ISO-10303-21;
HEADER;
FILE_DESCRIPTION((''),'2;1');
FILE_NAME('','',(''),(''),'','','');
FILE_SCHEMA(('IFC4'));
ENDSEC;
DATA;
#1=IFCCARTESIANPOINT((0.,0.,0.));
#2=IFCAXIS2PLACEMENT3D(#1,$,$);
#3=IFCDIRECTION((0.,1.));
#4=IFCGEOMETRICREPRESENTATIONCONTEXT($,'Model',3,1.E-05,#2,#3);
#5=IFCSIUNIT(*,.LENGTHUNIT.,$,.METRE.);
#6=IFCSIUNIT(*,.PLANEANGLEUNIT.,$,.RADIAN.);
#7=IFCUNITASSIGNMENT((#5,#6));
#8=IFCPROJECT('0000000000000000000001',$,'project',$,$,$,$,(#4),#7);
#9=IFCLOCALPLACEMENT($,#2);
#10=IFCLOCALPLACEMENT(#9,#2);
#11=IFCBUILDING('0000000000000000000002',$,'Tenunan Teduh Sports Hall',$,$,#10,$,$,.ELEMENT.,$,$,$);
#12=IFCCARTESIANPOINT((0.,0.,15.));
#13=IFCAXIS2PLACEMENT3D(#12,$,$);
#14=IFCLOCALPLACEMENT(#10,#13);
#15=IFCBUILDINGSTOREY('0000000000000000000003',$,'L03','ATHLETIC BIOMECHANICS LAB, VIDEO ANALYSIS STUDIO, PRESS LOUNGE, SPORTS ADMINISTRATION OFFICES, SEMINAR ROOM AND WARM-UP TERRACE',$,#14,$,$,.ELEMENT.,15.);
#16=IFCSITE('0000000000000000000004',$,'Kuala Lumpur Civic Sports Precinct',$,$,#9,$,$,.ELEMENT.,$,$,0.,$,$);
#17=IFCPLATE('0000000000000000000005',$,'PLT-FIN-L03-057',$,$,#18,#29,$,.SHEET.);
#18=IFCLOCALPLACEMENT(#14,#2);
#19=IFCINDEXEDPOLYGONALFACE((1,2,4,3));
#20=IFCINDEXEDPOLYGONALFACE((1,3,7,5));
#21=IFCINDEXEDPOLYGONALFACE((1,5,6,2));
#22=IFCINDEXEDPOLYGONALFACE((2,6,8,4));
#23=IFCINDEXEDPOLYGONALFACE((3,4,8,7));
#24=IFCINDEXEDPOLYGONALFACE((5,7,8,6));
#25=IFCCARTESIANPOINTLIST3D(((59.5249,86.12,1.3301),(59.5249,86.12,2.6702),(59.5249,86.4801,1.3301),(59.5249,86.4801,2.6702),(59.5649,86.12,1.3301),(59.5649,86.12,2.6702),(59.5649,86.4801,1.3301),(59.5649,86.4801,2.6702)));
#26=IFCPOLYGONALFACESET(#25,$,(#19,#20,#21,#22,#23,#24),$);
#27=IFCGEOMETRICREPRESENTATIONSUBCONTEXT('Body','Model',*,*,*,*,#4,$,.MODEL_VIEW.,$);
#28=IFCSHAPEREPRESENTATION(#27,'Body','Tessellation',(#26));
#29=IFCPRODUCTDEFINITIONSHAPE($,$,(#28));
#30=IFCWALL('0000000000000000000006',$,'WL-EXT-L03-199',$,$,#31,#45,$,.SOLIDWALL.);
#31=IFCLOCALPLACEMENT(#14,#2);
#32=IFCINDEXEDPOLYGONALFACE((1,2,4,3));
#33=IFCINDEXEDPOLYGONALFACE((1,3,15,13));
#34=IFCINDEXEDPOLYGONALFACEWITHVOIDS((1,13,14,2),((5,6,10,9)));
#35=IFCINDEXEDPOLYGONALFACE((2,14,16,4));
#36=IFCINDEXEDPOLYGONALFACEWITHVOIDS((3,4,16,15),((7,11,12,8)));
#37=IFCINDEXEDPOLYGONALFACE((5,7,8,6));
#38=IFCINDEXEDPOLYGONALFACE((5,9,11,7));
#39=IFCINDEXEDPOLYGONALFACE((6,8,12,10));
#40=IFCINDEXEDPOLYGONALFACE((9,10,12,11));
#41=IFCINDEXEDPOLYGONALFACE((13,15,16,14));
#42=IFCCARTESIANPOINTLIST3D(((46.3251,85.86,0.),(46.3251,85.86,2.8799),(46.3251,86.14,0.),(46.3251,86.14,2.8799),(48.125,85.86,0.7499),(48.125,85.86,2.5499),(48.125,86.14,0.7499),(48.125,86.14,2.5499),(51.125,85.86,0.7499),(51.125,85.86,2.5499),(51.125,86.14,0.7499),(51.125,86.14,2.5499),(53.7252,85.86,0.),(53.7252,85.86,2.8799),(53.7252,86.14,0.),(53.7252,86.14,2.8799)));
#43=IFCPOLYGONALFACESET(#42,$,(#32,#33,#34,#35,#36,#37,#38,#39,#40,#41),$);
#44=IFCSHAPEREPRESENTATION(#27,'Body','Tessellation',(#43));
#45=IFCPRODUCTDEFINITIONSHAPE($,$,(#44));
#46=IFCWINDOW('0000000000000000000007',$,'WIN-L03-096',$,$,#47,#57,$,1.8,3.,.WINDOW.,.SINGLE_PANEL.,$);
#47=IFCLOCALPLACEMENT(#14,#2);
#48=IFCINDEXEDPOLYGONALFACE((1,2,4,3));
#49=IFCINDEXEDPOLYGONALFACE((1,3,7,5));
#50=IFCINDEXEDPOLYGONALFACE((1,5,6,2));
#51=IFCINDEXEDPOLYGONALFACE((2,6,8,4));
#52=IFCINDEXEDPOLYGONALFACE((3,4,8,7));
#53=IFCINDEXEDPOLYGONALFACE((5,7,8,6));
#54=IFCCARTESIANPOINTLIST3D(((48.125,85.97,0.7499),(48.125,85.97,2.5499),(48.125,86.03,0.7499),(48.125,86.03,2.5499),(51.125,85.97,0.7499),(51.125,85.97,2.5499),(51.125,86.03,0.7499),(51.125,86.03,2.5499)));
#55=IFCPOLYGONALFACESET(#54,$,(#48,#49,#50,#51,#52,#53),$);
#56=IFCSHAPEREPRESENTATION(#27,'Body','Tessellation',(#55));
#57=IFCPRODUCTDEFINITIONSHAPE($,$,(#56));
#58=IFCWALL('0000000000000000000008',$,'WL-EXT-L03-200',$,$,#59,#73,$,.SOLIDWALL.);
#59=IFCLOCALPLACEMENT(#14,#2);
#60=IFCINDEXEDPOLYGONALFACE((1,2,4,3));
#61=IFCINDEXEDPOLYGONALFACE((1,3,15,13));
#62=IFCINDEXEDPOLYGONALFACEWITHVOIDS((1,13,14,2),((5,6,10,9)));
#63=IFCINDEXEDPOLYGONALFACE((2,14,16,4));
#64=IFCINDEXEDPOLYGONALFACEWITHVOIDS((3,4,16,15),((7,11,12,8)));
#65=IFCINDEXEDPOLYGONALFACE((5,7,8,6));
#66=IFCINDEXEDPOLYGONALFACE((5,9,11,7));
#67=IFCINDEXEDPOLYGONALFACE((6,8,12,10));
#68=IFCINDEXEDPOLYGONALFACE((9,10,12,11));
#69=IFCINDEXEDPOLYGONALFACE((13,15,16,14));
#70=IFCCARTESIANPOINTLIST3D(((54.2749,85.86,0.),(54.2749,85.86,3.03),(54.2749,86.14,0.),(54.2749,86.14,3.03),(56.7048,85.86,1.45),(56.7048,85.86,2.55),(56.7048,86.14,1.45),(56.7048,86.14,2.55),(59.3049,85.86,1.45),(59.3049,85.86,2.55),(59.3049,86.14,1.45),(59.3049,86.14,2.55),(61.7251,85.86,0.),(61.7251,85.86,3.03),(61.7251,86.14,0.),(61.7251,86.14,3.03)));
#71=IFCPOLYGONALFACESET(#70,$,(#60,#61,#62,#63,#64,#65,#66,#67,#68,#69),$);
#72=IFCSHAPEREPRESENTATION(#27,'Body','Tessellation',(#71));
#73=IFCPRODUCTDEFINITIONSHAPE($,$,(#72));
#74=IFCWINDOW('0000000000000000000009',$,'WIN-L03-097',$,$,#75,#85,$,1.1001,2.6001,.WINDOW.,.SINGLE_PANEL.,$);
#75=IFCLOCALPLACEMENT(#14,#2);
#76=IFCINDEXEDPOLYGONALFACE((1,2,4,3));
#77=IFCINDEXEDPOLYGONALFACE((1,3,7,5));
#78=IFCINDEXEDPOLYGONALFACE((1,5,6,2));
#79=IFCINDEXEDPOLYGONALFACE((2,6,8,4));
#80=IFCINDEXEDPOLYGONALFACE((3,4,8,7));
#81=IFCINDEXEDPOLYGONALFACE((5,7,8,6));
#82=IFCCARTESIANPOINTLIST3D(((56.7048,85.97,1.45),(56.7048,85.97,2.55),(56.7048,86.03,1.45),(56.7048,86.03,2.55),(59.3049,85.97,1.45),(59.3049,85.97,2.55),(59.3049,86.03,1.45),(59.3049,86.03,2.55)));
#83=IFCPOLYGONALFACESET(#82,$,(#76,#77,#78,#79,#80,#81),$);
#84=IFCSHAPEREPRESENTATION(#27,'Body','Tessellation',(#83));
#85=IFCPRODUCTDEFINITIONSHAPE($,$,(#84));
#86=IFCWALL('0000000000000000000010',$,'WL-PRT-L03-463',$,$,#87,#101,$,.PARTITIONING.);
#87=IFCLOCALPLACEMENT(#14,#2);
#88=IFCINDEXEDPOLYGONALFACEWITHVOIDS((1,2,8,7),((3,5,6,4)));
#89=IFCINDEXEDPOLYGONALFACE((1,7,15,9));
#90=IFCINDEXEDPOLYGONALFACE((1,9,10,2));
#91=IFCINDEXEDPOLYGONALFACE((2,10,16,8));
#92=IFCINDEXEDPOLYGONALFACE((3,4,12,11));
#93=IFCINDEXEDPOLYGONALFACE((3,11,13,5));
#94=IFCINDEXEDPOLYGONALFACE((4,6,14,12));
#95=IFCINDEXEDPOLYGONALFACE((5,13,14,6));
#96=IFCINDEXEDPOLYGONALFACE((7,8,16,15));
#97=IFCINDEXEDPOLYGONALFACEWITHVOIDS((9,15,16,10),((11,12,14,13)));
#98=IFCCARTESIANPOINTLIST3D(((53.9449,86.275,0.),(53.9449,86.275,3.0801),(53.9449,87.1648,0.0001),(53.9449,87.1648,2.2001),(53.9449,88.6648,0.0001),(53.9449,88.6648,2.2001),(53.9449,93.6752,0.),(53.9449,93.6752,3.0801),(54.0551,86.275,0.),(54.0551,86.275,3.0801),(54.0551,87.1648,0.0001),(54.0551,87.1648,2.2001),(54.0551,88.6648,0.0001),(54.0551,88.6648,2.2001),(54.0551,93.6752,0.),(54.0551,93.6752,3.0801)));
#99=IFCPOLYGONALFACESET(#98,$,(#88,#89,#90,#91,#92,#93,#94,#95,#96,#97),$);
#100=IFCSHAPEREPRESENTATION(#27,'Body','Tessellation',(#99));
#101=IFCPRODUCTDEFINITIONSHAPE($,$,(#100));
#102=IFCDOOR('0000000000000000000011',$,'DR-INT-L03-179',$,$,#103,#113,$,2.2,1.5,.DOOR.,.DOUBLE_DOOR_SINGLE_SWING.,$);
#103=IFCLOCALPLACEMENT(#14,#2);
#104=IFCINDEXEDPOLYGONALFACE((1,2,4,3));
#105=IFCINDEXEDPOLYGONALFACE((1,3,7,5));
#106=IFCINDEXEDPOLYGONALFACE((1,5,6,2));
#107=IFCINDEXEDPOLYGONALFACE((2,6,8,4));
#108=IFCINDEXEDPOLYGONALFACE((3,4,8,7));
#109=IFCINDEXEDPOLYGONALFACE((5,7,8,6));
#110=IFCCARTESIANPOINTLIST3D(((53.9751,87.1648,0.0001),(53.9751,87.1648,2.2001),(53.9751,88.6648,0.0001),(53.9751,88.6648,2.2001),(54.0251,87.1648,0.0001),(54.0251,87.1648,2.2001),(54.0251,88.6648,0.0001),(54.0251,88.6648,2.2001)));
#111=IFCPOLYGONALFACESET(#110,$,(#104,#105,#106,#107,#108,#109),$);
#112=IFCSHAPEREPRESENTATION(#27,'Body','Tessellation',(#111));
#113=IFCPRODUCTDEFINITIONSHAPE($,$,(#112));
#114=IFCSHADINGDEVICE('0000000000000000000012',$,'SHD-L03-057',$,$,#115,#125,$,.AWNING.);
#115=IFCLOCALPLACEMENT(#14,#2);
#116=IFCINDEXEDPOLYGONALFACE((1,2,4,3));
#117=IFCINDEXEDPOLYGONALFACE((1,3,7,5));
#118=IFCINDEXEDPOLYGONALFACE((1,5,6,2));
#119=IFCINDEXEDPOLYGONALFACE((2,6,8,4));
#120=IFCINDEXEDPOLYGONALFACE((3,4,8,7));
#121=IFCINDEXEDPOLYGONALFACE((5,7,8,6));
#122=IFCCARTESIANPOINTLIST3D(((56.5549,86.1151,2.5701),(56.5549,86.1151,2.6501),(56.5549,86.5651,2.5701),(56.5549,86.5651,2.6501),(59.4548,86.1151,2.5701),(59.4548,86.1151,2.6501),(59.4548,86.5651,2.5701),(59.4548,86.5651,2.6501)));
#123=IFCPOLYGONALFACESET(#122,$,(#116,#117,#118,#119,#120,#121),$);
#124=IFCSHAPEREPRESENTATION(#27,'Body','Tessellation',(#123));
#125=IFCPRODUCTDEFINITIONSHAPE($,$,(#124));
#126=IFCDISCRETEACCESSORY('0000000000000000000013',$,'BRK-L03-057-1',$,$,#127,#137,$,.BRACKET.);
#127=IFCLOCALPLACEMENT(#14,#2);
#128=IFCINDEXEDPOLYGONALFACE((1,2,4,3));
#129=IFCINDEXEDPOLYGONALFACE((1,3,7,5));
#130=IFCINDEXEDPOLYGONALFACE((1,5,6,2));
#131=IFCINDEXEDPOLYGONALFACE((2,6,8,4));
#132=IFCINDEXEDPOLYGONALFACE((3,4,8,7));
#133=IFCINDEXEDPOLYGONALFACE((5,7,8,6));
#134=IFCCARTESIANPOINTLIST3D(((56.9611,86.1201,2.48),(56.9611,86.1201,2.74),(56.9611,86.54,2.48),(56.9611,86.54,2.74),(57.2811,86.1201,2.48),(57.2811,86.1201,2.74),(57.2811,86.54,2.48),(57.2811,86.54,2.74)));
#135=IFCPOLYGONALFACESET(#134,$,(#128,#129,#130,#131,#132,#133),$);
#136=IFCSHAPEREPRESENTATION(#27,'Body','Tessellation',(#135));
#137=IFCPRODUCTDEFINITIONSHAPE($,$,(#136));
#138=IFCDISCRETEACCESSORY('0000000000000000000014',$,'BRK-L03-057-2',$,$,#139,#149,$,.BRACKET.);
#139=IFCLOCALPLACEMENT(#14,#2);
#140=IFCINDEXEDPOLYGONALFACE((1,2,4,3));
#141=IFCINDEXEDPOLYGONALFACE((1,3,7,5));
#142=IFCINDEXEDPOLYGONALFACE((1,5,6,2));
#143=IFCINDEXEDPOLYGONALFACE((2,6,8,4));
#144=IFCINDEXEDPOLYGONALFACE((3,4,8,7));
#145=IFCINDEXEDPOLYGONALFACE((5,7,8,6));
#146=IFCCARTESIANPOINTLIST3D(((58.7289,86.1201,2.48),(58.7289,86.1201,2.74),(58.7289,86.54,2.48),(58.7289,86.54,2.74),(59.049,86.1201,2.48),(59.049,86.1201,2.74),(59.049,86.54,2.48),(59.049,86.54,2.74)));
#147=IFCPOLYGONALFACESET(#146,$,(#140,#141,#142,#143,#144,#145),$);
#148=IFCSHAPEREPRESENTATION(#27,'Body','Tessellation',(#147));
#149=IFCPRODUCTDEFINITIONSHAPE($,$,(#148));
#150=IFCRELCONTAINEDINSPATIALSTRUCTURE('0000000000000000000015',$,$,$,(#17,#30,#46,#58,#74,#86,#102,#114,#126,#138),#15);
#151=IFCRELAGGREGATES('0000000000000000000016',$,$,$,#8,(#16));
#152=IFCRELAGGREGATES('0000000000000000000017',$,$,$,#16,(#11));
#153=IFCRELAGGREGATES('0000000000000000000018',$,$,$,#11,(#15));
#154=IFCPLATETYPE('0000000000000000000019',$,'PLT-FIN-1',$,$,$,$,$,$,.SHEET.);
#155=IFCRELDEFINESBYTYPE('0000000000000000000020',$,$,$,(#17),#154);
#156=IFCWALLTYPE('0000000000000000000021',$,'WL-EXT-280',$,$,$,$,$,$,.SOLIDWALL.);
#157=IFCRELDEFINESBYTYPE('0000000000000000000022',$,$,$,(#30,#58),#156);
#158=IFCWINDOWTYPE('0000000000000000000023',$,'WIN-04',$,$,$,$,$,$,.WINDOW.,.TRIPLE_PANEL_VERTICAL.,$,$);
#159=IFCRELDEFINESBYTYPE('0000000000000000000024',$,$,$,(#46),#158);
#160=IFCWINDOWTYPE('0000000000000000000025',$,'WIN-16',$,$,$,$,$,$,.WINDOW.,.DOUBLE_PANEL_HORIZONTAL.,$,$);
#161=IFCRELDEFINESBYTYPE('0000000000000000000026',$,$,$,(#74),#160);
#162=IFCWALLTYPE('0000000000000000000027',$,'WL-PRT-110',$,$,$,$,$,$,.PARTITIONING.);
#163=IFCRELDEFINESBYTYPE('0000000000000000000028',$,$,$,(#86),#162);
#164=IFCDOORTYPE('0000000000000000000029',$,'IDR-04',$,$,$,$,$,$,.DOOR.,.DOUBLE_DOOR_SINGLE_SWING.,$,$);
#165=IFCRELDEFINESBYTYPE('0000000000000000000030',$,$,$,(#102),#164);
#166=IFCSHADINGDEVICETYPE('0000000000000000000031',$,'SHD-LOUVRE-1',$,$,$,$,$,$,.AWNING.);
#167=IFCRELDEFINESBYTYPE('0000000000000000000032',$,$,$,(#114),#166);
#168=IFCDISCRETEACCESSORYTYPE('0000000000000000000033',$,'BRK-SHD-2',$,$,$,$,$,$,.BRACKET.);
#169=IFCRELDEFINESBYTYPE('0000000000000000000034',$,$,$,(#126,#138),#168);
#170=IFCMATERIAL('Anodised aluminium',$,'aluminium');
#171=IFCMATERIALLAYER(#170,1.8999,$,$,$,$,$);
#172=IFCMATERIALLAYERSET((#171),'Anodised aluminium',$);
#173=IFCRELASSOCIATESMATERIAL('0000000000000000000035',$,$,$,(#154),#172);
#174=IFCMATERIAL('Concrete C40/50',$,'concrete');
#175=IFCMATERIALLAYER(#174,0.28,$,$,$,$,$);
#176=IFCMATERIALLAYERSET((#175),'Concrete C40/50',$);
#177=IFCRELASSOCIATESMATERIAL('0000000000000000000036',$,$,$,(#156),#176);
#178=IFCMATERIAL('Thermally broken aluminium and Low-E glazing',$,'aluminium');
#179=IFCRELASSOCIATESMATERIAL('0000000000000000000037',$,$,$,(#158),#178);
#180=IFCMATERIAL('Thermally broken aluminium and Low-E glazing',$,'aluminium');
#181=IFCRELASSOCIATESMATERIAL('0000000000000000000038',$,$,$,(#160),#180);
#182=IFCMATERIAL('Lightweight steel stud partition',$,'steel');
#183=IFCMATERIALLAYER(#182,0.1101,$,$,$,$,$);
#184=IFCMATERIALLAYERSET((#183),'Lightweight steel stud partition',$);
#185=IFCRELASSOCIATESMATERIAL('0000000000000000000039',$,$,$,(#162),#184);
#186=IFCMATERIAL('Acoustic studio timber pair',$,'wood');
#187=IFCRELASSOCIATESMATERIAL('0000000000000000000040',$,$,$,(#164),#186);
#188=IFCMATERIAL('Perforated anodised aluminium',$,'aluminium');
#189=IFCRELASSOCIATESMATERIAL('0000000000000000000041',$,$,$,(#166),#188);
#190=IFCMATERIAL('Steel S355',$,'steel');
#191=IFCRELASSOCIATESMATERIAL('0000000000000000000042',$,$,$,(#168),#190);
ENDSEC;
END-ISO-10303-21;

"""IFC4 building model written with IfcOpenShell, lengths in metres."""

from ifc_helpers import new_model, si_unit, direction, frame, frame_2d, origin, origin_2d, place, context, subcontext, project, spatial, rectangle, extrude, material, layer, layer_set, type_object, element, fill, save


model = new_model("IFC4")

# Units and contexts
model_context = context("Model", 3, precision=1e-05, world=origin(), true_north=direction((0.0, 1.0)))
body_context = subcontext(model_context, "Body", "Model", "MODEL_VIEW")
ifc_project = project(units=[si_unit("LENGTHUNIT", "METRE"), si_unit("PLANEANGLEUNIT", "RADIAN")], contexts=[model_context])

# Site, building, storey
site_placement = place(None, origin())
site = spatial("IfcSite", under=ifc_project, at=site_placement, Name="Kuala Lumpur Civic Sports Precinct", CompositionType="ELEMENT", RefElevation=0.0)
building_placement = place(site_placement, origin())
building = spatial("IfcBuilding", under=site, at=building_placement, Name="Tenunan Teduh Sports Hall", CompositionType="ELEMENT")
storey_placement = place(building_placement, frame((0.0, 0.0, 15.0)))
storey = spatial("IfcBuildingStorey", under=building, at=storey_placement, Name="L03", Description="ATHLETIC BIOMECHANICS LAB, VIDEO ANALYSIS STUDIO, PRESS LOUNGE, SPORTS ADMINISTRATION OFFICES, SEMINAR ROOM AND WARM-UP TERRACE", CompositionType="ELEMENT", Elevation=15.0)

# Plate
ifc_material_1 = material(Name="Anodised aluminium", Category="aluminium")
ifc_layer_1 = layer(ifc_material_1, 1.8999)
ifc_layer_set_1 = layer_set([ifc_layer_1], Name="Anodised aluminium")
plate_type = type_object("IfcPlateType", Name="PLT-FIN-1", PredefinedType="SHEET", material=ifc_layer_set_1)
plate_placement = place(storey_placement, frame((59.5449, 86.3, 1.3301), z_axis=(0.0, 0.0, 1.0), x_axis=(1.0, 0.0, 0.0)))
element("IfcPlate", 1, at=plate_placement, inside=storey, type_object=plate_type, Name="PLT-FIN-L03-057", PredefinedType="SHEET", context=body_context, shape_type="SweptSolid", body=[
    extrude(rectangle(XDim=0.04, YDim=0.3601, at=origin_2d()), origin(), (0.0, 0.0, 1.0), 1.3401),
])

# Walls, openings, windows
ifc_material_2 = material(Name="Concrete C40/50", Category="concrete")
ifc_layer_2 = layer(ifc_material_2, 0.28)
ifc_layer_set_2 = layer_set([ifc_layer_2], Name="Concrete C40/50")
wall_type_1 = type_object("IfcWallType", Name="WL-EXT-280", PredefinedType="SOLIDWALL", material=ifc_layer_set_2)
wall_1_placement = place(storey_placement, frame((46.325, 86.0, 0.0), z_axis=(0.0, 0.0, 1.0), x_axis=(1.0, 0.0, 0.0)))
wall_1 = element("IfcWall", 2, at=wall_1_placement, inside=storey, type_object=wall_type_1, Name="WL-EXT-L03-199", PredefinedType="SOLIDWALL", context=body_context, shape_type="SweptSolid", body=[
    extrude(rectangle(XDim=7.4001, YDim=0.28, at=frame_2d((3.7002, 0.0))), origin(), (0.0, 0.0, 1.0), 2.8799),
])
opening_1_placement = place(wall_1_placement, frame((1.8, 0.0, 0.75)))
opening_1 = element("IfcOpeningElement", 3, at=opening_1_placement, cuts=wall_1, PredefinedType="OPENING", context=body_context, shape_type="SweptSolid", body=[
    extrude(rectangle(XDim=3.0, YDim=1.8, at=frame_2d((1.5, 0.8999))), frame((0.0, 0.1499, 0.0), z_axis=(0.0, -1.0, 0.0), x_axis=(1.0, 0.0, 0.0)), (0.0, 0.0, 1.0), 0.3),
])
ifc_material_3 = material(Name="Thermally broken aluminium and Low-E glazing", Category="aluminium")
window_type_1 = type_object("IfcWindowType", Name="WIN-04", PartitioningType="TRIPLE_PANEL_VERTICAL", PredefinedType="WINDOW", material=ifc_material_3)
window_1_placement = place(opening_1_placement, origin())
window_1 = element("IfcWindow", 4, at=window_1_placement, inside=storey, type_object=window_type_1, Name="WIN-L03-096", OverallHeight=1.8, OverallWidth=3.0, PartitioningType="SINGLE_PANEL", PredefinedType="WINDOW", context=body_context, shape_type="SweptSolid", body=[
    extrude(rectangle(XDim=3.0, YDim=1.8, at=frame_2d((1.5, 0.8999))), frame((0.0, 0.03, 0.0), z_axis=(0.0, -1.0, 0.0), x_axis=(1.0, 0.0, 0.0)), (0.0, 0.0, 1.0), 0.0601),
])
fill(opening_1, window_1)
wall_2_placement = place(storey_placement, frame((54.2749, 86.0, 0.0), z_axis=(0.0, 0.0, 1.0), x_axis=(1.0, 0.0, 0.0)))
wall_2 = element("IfcWall", 5, at=wall_2_placement, inside=storey, type_object=wall_type_1, Name="WL-EXT-L03-200", PredefinedType="SOLIDWALL", context=body_context, shape_type="SweptSolid", body=[
    extrude(rectangle(XDim=7.4502, YDim=0.28, at=frame_2d((3.7251, 0.0))), origin(), (0.0, 0.0, 1.0), 3.03),
])
opening_2_placement = place(wall_2_placement, frame((2.4299, 0.0, 1.45)))
opening_2 = element("IfcOpeningElement", 6, at=opening_2_placement, cuts=wall_2, PredefinedType="OPENING", context=body_context, shape_type="SweptSolid", body=[
    extrude(rectangle(XDim=2.6001, YDim=1.1001, at=frame_2d((1.3, 0.55))), frame((0.0, 0.1499, 0.0), z_axis=(0.0, -1.0, 0.0), x_axis=(1.0, 0.0, 0.0)), (0.0, 0.0, 1.0), 0.3),
])
ifc_material_4 = material(Name="Thermally broken aluminium and Low-E glazing", Category="aluminium")
window_type_2 = type_object("IfcWindowType", Name="WIN-16", PartitioningType="DOUBLE_PANEL_HORIZONTAL", PredefinedType="WINDOW", material=ifc_material_4)
window_2_placement = place(opening_2_placement, origin())
window_2 = element("IfcWindow", 7, at=window_2_placement, inside=storey, type_object=window_type_2, Name="WIN-L03-097", OverallHeight=1.1001, OverallWidth=2.6001, PartitioningType="SINGLE_PANEL", PredefinedType="WINDOW", context=body_context, shape_type="SweptSolid", body=[
    extrude(rectangle(XDim=2.6001, YDim=1.1001, at=frame_2d((1.3, 0.55))), frame((0.0, 0.03, 0.0), z_axis=(0.0, -1.0, 0.0), x_axis=(1.0, 0.0, 0.0)), (0.0, 0.0, 1.0), 0.0601),
])
fill(opening_2, window_2)

# Wall, opening, door
ifc_material_5 = material(Name="Lightweight steel stud partition", Category="steel")
ifc_layer_3 = layer(ifc_material_5, 0.1101)
ifc_layer_set_3 = layer_set([ifc_layer_3], Name="Lightweight steel stud partition")
wall_type_2 = type_object("IfcWallType", Name="WL-PRT-110", PredefinedType="PARTITIONING", material=ifc_layer_set_3)
wall_3_placement = place(storey_placement, frame((54.0, 86.2749, 0.0), z_axis=(0.0, 0.0, 1.0), x_axis=(0.0, 1.0, 0.0)))
wall_3 = element("IfcWall", 8, at=wall_3_placement, inside=storey, type_object=wall_type_2, Name="WL-PRT-L03-463", PredefinedType="PARTITIONING", context=body_context, shape_type="SweptSolid", body=[
    extrude(rectangle(XDim=7.4001, YDim=0.1101, at=frame_2d((3.7002, 0.0))), origin(), (0.0, 0.0, 1.0), 3.0801),
])
opening_3_placement = place(wall_3_placement, frame((0.8899, 0.0, 0.0)))
opening_3 = element("IfcOpeningElement", 9, at=opening_3_placement, cuts=wall_3, PredefinedType="OPENING", context=body_context, shape_type="SweptSolid", body=[
    extrude(rectangle(XDim=1.5, YDim=2.2, at=frame_2d((0.75, 1.1001))), frame((0.0, 0.0649, 0.0), z_axis=(0.0, -1.0, 0.0), x_axis=(1.0, 0.0, 0.0)), (0.0, 0.0, 1.0), 0.1301),
])
ifc_material_6 = material(Name="Acoustic studio timber pair", Category="wood")
door_type = type_object("IfcDoorType", Name="IDR-04", OperationType="DOUBLE_DOOR_SINGLE_SWING", PredefinedType="DOOR", material=ifc_material_6)
door_placement = place(opening_3_placement, origin())
door = element("IfcDoor", 10, at=door_placement, inside=storey, type_object=door_type, Name="DR-INT-L03-179", OperationType="DOUBLE_DOOR_SINGLE_SWING", OverallHeight=2.2, OverallWidth=1.5, PredefinedType="DOOR", context=body_context, shape_type="SweptSolid", body=[
    extrude(rectangle(XDim=1.5, YDim=2.2, at=frame_2d((0.75, 1.1001))), frame((0.0, 0.0249, 0.0), z_axis=(0.0, -1.0, 0.0), x_axis=(1.0, 0.0, 0.0)), (0.0, 0.0, 1.0), 0.05),
])
fill(opening_3, door)

# Shading device
ifc_material_7 = material(Name="Perforated anodised aluminium", Category="aluminium")
shading_device_type = type_object("IfcShadingDeviceType", Name="SHD-LOUVRE-1", PredefinedType="AWNING", material=ifc_material_7)
shading_device_placement = place(storey_placement, frame((58.0049, 86.3401, 2.5701), z_axis=(0.0, 0.0, 1.0), x_axis=(1.0, 0.0, 0.0)))
element("IfcShadingDevice", 11, at=shading_device_placement, inside=storey, type_object=shading_device_type, Name="SHD-L03-057", PredefinedType="AWNING", context=body_context, shape_type="SweptSolid", body=[
    extrude(rectangle(XDim=2.8999, YDim=0.45, at=origin_2d()), origin(), (0.0, 0.0, 1.0), 0.0801),
])

# Discrete accessories
ifc_material_8 = material(Name="Steel S355", Category="steel")
discrete_accessory_type = type_object("IfcDiscreteAccessoryType", Name="BRK-SHD-2", PredefinedType="BRACKET", material=ifc_material_8)
for number, where, z_axis, x_axis, name in (
    (12, (57.1211, 86.3301, 2.48), (0.0, 0.0, 1.0), (1.0, 0.0, 0.0), "BRK-L03-057-1"),
    (13, (58.8889, 86.3301, 2.48), (0.0, 0.0, 1.0), (1.0, 0.0, 0.0), "BRK-L03-057-2"),
):
    element("IfcDiscreteAccessory", number, at=place(storey_placement, frame(where, z_axis=z_axis, x_axis=x_axis)), inside=storey, type_object=discrete_accessory_type, Name=name, PredefinedType="BRACKET", context=body_context, shape_type="SweptSolid", body=[
        extrude(rectangle(XDim=0.3201, YDim=0.4199, at=origin_2d()), origin(), (0.0, 0.0, 1.0), 0.26),
    ])

save(model, "model.ifc")
